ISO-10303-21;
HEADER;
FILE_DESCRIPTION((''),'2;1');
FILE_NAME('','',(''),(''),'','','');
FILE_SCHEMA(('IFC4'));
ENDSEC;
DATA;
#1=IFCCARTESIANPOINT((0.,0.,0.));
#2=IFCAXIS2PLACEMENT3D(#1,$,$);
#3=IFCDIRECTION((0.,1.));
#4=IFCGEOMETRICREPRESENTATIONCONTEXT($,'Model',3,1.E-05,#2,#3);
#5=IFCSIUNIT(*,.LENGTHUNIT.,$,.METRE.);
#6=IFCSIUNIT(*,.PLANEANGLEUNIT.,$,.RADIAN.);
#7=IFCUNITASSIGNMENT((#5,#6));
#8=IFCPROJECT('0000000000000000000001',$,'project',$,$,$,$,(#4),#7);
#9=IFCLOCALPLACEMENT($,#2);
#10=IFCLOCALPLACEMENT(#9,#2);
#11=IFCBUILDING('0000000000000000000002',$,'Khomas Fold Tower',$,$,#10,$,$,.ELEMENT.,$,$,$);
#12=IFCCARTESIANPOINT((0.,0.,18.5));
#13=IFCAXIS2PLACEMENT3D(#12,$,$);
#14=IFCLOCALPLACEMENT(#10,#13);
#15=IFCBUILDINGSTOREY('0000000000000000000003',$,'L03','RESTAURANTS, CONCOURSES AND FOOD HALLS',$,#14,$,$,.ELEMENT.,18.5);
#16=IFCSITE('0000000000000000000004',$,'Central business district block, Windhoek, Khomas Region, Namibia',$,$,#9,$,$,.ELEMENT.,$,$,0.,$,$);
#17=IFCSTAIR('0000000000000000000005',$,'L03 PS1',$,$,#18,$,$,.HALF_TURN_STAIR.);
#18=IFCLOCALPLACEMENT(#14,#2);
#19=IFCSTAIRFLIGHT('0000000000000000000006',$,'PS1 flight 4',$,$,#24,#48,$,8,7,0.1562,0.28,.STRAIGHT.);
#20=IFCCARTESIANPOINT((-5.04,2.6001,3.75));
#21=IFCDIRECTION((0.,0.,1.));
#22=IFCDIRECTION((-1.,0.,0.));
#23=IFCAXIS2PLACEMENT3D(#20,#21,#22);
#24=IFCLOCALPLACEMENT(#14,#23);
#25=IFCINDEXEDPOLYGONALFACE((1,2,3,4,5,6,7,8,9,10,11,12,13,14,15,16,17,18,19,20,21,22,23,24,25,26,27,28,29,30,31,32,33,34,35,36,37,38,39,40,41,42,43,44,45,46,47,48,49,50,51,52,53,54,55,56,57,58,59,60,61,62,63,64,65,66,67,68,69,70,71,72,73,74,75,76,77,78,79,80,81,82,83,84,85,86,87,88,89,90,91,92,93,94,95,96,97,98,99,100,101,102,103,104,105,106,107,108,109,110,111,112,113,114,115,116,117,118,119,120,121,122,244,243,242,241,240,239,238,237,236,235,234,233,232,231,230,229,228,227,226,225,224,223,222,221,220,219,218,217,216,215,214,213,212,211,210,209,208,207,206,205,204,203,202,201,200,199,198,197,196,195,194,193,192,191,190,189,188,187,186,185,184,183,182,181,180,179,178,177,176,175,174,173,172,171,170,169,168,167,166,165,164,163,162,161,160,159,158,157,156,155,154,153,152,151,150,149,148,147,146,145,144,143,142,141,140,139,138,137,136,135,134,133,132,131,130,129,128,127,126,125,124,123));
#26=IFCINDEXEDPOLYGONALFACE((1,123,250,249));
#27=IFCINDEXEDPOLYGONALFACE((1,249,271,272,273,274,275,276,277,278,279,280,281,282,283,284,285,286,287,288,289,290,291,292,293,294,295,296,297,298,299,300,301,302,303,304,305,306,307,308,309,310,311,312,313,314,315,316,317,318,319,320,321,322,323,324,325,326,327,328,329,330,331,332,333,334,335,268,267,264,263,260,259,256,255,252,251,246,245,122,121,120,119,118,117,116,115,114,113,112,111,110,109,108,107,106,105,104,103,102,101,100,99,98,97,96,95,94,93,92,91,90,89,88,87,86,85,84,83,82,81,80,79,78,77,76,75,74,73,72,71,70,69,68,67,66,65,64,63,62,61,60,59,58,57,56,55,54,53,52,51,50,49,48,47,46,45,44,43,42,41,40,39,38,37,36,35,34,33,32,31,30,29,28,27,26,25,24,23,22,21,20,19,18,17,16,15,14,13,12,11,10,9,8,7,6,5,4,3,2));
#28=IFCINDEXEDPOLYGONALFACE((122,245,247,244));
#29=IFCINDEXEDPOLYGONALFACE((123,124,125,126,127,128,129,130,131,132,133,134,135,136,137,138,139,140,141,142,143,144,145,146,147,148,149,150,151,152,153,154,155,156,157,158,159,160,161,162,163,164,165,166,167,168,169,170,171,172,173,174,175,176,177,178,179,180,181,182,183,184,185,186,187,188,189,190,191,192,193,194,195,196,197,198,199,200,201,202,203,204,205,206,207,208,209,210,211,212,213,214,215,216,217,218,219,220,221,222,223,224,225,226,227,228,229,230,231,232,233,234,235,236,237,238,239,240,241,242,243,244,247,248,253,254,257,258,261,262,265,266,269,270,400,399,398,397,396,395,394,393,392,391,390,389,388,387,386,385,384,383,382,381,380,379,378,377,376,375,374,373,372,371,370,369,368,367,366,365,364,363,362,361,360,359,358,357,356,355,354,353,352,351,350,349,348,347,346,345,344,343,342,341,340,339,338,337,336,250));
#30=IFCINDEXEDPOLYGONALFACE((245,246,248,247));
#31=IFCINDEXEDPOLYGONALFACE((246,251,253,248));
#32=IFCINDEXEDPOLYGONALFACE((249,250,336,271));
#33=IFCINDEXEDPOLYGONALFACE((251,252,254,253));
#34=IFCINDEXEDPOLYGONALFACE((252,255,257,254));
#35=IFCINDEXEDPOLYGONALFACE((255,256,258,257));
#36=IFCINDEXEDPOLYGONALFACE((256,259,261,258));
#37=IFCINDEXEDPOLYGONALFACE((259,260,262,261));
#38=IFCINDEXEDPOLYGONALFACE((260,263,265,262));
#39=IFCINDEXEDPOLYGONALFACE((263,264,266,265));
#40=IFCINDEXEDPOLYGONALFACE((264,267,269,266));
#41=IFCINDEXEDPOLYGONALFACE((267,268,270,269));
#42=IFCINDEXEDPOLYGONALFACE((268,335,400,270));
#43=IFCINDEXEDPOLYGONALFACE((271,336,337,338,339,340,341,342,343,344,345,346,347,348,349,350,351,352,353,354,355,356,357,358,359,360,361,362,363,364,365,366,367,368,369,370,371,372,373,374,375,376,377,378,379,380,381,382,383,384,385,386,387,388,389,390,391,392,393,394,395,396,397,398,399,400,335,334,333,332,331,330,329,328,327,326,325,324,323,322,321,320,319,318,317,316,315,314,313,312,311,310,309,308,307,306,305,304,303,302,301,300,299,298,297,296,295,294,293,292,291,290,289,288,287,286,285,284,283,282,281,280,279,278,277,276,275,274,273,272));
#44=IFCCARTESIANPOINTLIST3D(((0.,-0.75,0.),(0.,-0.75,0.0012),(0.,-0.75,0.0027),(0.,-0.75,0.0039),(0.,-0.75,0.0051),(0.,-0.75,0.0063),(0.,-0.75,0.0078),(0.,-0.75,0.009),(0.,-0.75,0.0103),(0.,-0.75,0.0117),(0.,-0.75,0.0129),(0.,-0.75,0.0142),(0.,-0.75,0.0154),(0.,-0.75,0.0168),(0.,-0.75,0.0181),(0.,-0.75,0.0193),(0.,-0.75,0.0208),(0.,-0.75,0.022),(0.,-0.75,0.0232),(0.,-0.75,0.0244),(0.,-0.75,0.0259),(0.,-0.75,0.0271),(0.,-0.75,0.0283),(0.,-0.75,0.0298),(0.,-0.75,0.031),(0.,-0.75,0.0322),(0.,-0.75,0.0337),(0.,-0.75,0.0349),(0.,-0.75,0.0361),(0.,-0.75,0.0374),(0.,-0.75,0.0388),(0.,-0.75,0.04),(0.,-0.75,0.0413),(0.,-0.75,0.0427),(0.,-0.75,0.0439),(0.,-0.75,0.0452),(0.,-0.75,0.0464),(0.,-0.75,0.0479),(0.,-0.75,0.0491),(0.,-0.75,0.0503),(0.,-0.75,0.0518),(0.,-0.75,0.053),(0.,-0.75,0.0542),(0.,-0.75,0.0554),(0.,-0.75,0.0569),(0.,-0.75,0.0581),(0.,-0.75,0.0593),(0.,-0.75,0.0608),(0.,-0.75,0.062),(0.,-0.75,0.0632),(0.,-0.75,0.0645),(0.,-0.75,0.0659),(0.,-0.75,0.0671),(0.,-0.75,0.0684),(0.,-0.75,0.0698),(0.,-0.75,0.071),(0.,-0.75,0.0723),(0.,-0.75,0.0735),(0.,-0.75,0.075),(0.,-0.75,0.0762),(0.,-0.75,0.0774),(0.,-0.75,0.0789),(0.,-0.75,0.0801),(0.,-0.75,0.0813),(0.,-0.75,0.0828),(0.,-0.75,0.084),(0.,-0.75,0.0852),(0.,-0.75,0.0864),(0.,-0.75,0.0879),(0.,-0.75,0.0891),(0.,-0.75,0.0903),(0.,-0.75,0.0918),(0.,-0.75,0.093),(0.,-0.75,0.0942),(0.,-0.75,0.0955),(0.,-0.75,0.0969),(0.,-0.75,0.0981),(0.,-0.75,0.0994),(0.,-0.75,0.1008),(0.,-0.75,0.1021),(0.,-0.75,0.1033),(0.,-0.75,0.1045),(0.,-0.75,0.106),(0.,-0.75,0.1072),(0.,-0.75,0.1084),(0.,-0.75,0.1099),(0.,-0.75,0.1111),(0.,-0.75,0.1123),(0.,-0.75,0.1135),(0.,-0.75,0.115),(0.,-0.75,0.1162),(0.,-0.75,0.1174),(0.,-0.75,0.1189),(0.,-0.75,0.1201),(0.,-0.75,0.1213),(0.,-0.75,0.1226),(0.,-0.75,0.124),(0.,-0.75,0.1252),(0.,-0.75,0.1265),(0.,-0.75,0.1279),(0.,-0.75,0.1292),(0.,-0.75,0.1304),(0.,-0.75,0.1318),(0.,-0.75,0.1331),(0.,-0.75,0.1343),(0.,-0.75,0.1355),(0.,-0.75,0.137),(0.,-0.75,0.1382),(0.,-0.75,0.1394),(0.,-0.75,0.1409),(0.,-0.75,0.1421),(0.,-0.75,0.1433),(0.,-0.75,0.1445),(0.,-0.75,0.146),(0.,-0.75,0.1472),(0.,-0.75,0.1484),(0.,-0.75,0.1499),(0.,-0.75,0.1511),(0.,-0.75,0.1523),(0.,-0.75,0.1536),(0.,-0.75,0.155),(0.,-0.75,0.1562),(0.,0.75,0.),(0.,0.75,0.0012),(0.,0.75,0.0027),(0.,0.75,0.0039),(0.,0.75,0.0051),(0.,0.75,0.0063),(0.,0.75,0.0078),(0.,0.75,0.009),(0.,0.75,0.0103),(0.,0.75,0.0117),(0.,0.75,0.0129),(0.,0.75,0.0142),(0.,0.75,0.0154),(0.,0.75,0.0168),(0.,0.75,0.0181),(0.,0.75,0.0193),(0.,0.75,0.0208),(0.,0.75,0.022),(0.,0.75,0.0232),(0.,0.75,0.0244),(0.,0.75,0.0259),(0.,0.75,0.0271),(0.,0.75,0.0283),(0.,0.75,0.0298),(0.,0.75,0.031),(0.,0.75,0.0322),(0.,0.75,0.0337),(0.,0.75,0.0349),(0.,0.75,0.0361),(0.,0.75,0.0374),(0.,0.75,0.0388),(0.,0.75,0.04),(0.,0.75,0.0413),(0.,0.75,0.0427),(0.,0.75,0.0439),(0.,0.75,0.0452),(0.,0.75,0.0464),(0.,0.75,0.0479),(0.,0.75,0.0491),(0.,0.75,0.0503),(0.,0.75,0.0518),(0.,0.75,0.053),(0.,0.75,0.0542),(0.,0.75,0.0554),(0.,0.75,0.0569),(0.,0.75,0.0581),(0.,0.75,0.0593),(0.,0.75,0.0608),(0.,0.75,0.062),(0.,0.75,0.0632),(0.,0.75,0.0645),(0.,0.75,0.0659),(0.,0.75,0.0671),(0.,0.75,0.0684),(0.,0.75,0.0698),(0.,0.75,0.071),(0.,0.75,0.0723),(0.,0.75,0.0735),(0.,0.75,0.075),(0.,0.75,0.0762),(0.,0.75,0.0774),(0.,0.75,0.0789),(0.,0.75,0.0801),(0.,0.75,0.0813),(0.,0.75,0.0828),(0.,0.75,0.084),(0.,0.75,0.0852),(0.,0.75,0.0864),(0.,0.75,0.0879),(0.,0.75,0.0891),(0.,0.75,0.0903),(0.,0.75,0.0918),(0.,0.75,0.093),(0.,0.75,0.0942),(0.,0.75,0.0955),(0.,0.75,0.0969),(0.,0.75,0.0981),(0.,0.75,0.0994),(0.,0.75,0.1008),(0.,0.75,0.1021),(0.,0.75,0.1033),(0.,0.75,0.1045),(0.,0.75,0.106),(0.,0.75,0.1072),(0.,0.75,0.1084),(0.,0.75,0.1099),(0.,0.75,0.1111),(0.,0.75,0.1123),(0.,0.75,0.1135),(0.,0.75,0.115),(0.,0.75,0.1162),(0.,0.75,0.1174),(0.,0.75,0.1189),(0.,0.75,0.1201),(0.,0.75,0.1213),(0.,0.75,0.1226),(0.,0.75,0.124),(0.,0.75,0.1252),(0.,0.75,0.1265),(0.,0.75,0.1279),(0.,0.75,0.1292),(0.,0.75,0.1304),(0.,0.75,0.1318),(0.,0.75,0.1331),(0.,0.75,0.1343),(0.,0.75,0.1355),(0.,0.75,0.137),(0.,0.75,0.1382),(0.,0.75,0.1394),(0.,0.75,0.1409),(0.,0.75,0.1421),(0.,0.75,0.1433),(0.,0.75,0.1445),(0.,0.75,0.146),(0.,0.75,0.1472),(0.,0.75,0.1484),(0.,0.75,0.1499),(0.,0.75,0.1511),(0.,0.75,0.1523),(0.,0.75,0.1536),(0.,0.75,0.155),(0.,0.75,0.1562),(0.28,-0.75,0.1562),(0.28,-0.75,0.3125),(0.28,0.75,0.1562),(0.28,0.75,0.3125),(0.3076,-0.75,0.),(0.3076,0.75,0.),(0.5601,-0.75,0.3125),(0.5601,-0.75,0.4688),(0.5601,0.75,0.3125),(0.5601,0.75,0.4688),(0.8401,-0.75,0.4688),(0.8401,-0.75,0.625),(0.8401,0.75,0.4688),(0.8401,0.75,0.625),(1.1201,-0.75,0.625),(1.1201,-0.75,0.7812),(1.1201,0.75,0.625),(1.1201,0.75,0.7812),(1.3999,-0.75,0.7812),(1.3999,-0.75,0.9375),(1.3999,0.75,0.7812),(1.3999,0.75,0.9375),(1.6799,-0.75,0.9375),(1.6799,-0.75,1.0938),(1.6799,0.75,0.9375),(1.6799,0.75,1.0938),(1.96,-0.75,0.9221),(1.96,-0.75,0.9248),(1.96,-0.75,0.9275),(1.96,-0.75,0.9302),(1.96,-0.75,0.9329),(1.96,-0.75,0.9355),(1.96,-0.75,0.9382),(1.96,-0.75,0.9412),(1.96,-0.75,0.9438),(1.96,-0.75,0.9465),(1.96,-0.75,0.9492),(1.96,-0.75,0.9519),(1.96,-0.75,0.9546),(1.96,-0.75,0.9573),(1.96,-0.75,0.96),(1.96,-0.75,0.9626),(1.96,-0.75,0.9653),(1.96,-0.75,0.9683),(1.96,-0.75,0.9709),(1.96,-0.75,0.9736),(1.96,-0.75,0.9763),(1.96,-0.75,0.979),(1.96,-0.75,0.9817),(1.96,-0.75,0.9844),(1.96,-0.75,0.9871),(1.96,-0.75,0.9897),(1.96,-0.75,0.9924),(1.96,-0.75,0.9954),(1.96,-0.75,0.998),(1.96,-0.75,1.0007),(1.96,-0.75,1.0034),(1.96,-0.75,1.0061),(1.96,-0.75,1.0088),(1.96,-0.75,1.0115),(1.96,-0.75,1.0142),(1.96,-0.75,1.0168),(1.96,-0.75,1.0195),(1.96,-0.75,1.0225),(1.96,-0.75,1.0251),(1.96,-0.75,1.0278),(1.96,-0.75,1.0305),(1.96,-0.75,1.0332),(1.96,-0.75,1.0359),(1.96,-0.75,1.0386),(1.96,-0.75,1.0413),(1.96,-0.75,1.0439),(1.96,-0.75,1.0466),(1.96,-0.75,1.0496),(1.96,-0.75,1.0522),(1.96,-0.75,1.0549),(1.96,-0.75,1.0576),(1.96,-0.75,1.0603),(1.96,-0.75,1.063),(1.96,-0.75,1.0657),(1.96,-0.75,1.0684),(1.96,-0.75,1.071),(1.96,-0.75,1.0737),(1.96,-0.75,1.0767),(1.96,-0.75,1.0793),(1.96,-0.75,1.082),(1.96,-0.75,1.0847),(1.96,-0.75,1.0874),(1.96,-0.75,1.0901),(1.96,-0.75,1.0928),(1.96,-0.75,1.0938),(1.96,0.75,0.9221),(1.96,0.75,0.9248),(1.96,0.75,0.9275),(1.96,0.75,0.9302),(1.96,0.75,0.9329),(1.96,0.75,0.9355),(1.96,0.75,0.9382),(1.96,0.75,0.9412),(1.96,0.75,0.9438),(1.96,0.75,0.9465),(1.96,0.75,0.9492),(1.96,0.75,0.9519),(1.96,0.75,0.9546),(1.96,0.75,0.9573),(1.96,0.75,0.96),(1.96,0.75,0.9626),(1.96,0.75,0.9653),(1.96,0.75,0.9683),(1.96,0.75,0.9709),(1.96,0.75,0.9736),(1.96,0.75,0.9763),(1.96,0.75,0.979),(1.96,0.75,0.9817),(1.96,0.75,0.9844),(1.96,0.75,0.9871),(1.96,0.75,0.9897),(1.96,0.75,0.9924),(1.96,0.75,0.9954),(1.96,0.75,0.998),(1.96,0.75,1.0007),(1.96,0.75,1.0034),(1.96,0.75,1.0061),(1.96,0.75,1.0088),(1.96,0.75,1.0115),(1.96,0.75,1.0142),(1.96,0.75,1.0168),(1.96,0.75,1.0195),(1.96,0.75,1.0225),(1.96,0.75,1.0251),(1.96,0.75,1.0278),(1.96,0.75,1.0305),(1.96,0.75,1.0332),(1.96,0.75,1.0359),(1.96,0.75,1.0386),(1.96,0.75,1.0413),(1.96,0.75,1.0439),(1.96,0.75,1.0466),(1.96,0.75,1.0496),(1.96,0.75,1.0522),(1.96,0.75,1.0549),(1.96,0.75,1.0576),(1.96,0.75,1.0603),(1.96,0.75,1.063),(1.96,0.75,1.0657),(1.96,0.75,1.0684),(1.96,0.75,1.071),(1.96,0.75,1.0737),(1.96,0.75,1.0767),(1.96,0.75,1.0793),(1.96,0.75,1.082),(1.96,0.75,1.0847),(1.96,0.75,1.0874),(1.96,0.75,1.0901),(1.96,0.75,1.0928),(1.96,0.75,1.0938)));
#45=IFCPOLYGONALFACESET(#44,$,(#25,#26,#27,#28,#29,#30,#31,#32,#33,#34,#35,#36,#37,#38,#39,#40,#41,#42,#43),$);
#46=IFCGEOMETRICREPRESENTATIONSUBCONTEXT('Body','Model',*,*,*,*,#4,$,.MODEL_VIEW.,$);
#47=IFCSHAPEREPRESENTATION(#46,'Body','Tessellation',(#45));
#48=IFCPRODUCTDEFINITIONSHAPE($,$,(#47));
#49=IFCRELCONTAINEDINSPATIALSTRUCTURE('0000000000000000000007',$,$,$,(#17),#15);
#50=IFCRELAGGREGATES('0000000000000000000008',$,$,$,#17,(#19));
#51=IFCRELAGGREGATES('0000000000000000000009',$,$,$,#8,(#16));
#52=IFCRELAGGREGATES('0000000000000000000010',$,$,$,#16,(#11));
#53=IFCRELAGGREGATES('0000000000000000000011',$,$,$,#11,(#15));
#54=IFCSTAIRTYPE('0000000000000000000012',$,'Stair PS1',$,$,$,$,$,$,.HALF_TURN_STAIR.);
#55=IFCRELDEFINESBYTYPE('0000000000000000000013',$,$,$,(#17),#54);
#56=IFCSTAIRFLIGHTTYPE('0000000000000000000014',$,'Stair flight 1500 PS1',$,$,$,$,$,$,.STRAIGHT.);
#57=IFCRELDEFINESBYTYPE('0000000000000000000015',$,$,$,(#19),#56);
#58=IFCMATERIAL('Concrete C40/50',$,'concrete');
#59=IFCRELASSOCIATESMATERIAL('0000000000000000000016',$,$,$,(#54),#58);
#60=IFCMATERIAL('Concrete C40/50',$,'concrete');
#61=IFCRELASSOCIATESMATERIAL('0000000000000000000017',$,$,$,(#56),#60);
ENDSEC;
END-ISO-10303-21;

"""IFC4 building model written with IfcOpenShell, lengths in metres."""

from ifc_helpers import new_model, si_unit, direction, frame, origin, place, context, subcontext, project, spatial, polyline, outline, extrude, source, transform, mapped, material, type_object, element, aggregate, save


model = new_model("IFC4")

# Units and contexts
model_context = context("Model", 3, precision=1e-05, world=origin(), true_north=direction((0.0, 1.0)))
body_context = subcontext(model_context, "Body", "Model", "MODEL_VIEW")
ifc_project = project(units=[si_unit("LENGTHUNIT", "METRE"), si_unit("PLANEANGLEUNIT", "RADIAN")], contexts=[model_context])

# Site, building, storey
site_placement = place(None, origin())
site = spatial("IfcSite", under=ifc_project, at=site_placement, Name="Central business district block, Windhoek, Khomas Region, Namibia", CompositionType="ELEMENT", RefElevation=0.0)
building_placement = place(site_placement, origin())
building = spatial("IfcBuilding", under=site, at=building_placement, Name="Khomas Fold Tower", CompositionType="ELEMENT")
storey_placement = place(building_placement, frame((0.0, 0.0, 18.5)))
storey = spatial("IfcBuildingStorey", under=building, at=storey_placement, Name="L03", Description="RESTAURANTS, CONCOURSES AND FOOD HALLS", CompositionType="ELEMENT", Elevation=18.5)

# Stair, stair flight
ifc_material_1 = material(Name="Concrete C40/50", Category="concrete")
stair_type = type_object("IfcStairType", Name="Stair PS1", PredefinedType="HALF_TURN_STAIR", material=ifc_material_1)
stair_placement = place(storey_placement, origin())
stair = element("IfcStair", 1, at=stair_placement, inside=storey, type_object=stair_type, Name="L03 PS1", PredefinedType="HALF_TURN_STAIR")
ifc_material_2 = material(Name="Concrete C40/50", Category="concrete")
stair_flight_type = type_object("IfcStairFlightType", Name="Stair flight 1500 PS1", PredefinedType="STRAIGHT", material=ifc_material_2)
shared_shape_1 = source(origin(), body_context, "Body", "SweptSolid", [
    extrude(outline(polyline([(0.0, 0.0), (0.0, 0.0012), (0.0, 0.0027), (0.0, 0.0039), (0.0, 0.0051), (0.0, 0.0063), (0.0, 0.0078), (0.0, 0.009), (0.0, 0.0103), (0.0, 0.0117), (0.0, 0.0129), (0.0, 0.0142), (0.0, 0.0154), (0.0, 0.0168), (0.0, 0.0181), (0.0, 0.0193), (0.0, 0.0208), (0.0, 0.022), (0.0, 0.0232), (0.0, 0.0244), (0.0, 0.0259), (0.0, 0.0271), (0.0, 0.0283), (0.0, 0.0298), (0.0, 0.031), (0.0, 0.0322), (0.0, 0.0337), (0.0, 0.0349), (0.0, 0.0361), (0.0, 0.0374), (0.0, 0.0388), (0.0, 0.04), (0.0, 0.0413), (0.0, 0.0427), (0.0, 0.0439), (0.0, 0.0452), (0.0, 0.0464), (0.0, 0.0479), (0.0, 0.0491), (0.0, 0.0503), (0.0, 0.0518), (0.0, 0.053), (0.0, 0.0542), (0.0, 0.0554), (0.0, 0.0569), (0.0, 0.0581), (0.0, 0.0593), (0.0, 0.0608), (0.0, 0.062), (0.0, 0.0632), (0.0, 0.0645), (0.0, 0.0659), (0.0, 0.0671), (0.0, 0.0684), (0.0, 0.0698), (0.0, 0.071), (0.0, 0.0723), (0.0, 0.0735), (0.0, 0.075), (0.0, 0.0762), (0.0, 0.0774), (0.0, 0.0789), (0.0, 0.0801), (0.0, 0.0813), (0.0, 0.0828), (0.0, 0.084), (0.0, 0.0852), (0.0, 0.0864), (0.0, 0.0879), (0.0, 0.0891), (0.0, 0.0903), (0.0, 0.0918), (0.0, 0.093), (0.0, 0.0942), (0.0, 0.0955), (0.0, 0.0969), (0.0, 0.0981), (0.0, 0.0994), (0.0, 0.1008), (0.0, 0.1021), (0.0, 0.1033), (0.0, 0.1045), (0.0, 0.106), (0.0, 0.1072), (0.0, 0.1084), (0.0, 0.1099), (0.0, 0.1111), (0.0, 0.1123), (0.0, 0.1135), (0.0, 0.115), (0.0, 0.1162), (0.0, 0.1174), (0.0, 0.1189), (0.0, 0.1201), (0.0, 0.1213), (0.0, 0.1226), (0.0, 0.124), (0.0, 0.1252), (0.0, 0.1265), (0.0, 0.1279), (0.0, 0.1292), (0.0, 0.1304), (0.0, 0.1318), (0.0, 0.1331), (0.0, 0.1343), (0.0, 0.1355), (0.0, 0.137), (0.0, 0.1382), (0.0, 0.1394), (0.0, 0.1409), (0.0, 0.1421), (0.0, 0.1433), (0.0, 0.1445), (0.0, 0.146), (0.0, 0.1472), (0.0, 0.1484), (0.0, 0.1499), (0.0, 0.1511), (0.0, 0.1523), (0.0, 0.1536), (0.0, 0.155), (0.0, 0.1562), (0.28, 0.1562), (0.28, 0.3125), (0.5601, 0.3125), (0.5601, 0.4688), (0.8401, 0.4688), (0.8401, 0.625), (1.1201, 0.625), (1.1201, 0.7812), (1.3999, 0.7812), (1.3999, 0.9375), (1.6799, 0.9375), (1.6799, 1.0938), (1.96, 1.0938), (1.96, 1.25), (1.96, 1.2473), (1.96, 1.2446), (1.96, 1.2419), (1.96, 1.2393), (1.96, 1.2363), (1.96, 1.2336), (1.96, 1.231), (1.96, 1.2283), (1.96, 1.2256), (1.96, 1.2229), (1.96, 1.2202), (1.96, 1.2175), (1.96, 1.2148), (1.96, 1.2122), (1.96, 1.2092), (1.96, 1.2065), (1.96, 1.2039), (1.96, 1.2012), (1.96, 1.1985), (1.96, 1.1958), (1.96, 1.1931), (1.96, 1.1904), (1.96, 1.1877), (1.96, 1.1851), (1.96, 1.1821), (1.96, 1.1794), (1.96, 1.1768), (1.96, 1.1741), (1.96, 1.1714), (1.96, 1.1687), (1.96, 1.166), (1.96, 1.1633), (1.96, 1.1606), (1.96, 1.158), (1.96, 1.155), (1.96, 1.1523), (1.96, 1.1497), (1.96, 1.147), (1.96, 1.1443), (1.96, 1.1416), (1.96, 1.1389), (1.96, 1.1362), (1.96, 1.1335), (1.96, 1.1309), (1.96, 1.1279), (1.96, 1.1252), (1.96, 1.1226), (1.96, 1.1199), (1.96, 1.1172), (1.96, 1.1145), (1.96, 1.1118), (1.96, 1.1091), (1.96, 1.1064), (1.96, 1.1038), (1.96, 1.1008), (1.96, 1.0981), (1.96, 1.0955), (1.96, 1.0928), (1.96, 1.0901), (1.96, 1.0874), (1.96, 1.0847), (1.96, 1.082), (1.96, 1.0793), (1.96, 1.0767), (1.96, 1.0737), (1.96, 1.071), (1.96, 1.0684), (1.96, 1.0657), (1.96, 1.063), (1.96, 1.0603), (1.96, 1.0576), (1.96, 1.0549), (1.96, 1.0522), (1.96, 1.0496), (1.96, 1.0466), (1.96, 1.0439), (1.96, 1.0413), (1.96, 1.0386), (1.96, 1.0359), (1.96, 1.0332), (1.96, 1.0305), (1.96, 1.0278), (1.96, 1.0251), (1.96, 1.0225), (1.96, 1.0195), (1.96, 1.0168), (1.96, 1.0142), (1.96, 1.0115), (1.96, 1.0088), (1.96, 1.0061), (1.96, 1.0034), (1.96, 1.0007), (1.96, 0.998), (1.96, 0.9954), (1.96, 0.9924), (1.96, 0.9897), (1.96, 0.9871), (1.96, 0.9844), (1.96, 0.9817), (1.96, 0.979), (1.96, 0.9763), (1.96, 0.9736), (1.96, 0.9709), (1.96, 0.9683), (1.96, 0.9653), (1.96, 0.9626), (1.96, 0.96), (1.96, 0.9573), (1.96, 0.9546), (1.96, 0.9519), (1.96, 0.9492), (1.96, 0.9465), (1.96, 0.9438), (1.96, 0.9412), (1.96, 0.9382), (1.96, 0.9355), (1.96, 0.9329), (1.96, 0.9302), (1.96, 0.9275), (1.96, 0.9248), (1.96, 0.9221), (0.3076, 0.0), (0.0, 0.0)])), frame((0.0, 0.75, 0.0), z_axis=(0.0, -1.0, 0.0), x_axis=(1.0, 0.0, 0.0)), (0.0, 0.0, 1.0), 1.5),
])
stair_flight_1_placement = place(storey_placement, frame((-5.04, 2.6001, 3.75), z_axis=(0.0, 0.0, 1.0), x_axis=(-1.0, 0.0, 0.0)))
stair_flight_1 = element("IfcStairFlight", 2, at=stair_flight_1_placement, type_object=stair_flight_type, Name="PS1 flight 4", NumberOfRisers=8, NumberOfTreads=7, PredefinedType="STRAIGHT", RiserHeight=0.1562, TreadLength=0.28, context=body_context, shape_type="MappedRepresentation", body=[
    mapped(shared_shape_1, transform((0.0, 0.0, 0.0))),
])
aggregate(stair, [stair_flight_1])

save(model, "model.ifc")
